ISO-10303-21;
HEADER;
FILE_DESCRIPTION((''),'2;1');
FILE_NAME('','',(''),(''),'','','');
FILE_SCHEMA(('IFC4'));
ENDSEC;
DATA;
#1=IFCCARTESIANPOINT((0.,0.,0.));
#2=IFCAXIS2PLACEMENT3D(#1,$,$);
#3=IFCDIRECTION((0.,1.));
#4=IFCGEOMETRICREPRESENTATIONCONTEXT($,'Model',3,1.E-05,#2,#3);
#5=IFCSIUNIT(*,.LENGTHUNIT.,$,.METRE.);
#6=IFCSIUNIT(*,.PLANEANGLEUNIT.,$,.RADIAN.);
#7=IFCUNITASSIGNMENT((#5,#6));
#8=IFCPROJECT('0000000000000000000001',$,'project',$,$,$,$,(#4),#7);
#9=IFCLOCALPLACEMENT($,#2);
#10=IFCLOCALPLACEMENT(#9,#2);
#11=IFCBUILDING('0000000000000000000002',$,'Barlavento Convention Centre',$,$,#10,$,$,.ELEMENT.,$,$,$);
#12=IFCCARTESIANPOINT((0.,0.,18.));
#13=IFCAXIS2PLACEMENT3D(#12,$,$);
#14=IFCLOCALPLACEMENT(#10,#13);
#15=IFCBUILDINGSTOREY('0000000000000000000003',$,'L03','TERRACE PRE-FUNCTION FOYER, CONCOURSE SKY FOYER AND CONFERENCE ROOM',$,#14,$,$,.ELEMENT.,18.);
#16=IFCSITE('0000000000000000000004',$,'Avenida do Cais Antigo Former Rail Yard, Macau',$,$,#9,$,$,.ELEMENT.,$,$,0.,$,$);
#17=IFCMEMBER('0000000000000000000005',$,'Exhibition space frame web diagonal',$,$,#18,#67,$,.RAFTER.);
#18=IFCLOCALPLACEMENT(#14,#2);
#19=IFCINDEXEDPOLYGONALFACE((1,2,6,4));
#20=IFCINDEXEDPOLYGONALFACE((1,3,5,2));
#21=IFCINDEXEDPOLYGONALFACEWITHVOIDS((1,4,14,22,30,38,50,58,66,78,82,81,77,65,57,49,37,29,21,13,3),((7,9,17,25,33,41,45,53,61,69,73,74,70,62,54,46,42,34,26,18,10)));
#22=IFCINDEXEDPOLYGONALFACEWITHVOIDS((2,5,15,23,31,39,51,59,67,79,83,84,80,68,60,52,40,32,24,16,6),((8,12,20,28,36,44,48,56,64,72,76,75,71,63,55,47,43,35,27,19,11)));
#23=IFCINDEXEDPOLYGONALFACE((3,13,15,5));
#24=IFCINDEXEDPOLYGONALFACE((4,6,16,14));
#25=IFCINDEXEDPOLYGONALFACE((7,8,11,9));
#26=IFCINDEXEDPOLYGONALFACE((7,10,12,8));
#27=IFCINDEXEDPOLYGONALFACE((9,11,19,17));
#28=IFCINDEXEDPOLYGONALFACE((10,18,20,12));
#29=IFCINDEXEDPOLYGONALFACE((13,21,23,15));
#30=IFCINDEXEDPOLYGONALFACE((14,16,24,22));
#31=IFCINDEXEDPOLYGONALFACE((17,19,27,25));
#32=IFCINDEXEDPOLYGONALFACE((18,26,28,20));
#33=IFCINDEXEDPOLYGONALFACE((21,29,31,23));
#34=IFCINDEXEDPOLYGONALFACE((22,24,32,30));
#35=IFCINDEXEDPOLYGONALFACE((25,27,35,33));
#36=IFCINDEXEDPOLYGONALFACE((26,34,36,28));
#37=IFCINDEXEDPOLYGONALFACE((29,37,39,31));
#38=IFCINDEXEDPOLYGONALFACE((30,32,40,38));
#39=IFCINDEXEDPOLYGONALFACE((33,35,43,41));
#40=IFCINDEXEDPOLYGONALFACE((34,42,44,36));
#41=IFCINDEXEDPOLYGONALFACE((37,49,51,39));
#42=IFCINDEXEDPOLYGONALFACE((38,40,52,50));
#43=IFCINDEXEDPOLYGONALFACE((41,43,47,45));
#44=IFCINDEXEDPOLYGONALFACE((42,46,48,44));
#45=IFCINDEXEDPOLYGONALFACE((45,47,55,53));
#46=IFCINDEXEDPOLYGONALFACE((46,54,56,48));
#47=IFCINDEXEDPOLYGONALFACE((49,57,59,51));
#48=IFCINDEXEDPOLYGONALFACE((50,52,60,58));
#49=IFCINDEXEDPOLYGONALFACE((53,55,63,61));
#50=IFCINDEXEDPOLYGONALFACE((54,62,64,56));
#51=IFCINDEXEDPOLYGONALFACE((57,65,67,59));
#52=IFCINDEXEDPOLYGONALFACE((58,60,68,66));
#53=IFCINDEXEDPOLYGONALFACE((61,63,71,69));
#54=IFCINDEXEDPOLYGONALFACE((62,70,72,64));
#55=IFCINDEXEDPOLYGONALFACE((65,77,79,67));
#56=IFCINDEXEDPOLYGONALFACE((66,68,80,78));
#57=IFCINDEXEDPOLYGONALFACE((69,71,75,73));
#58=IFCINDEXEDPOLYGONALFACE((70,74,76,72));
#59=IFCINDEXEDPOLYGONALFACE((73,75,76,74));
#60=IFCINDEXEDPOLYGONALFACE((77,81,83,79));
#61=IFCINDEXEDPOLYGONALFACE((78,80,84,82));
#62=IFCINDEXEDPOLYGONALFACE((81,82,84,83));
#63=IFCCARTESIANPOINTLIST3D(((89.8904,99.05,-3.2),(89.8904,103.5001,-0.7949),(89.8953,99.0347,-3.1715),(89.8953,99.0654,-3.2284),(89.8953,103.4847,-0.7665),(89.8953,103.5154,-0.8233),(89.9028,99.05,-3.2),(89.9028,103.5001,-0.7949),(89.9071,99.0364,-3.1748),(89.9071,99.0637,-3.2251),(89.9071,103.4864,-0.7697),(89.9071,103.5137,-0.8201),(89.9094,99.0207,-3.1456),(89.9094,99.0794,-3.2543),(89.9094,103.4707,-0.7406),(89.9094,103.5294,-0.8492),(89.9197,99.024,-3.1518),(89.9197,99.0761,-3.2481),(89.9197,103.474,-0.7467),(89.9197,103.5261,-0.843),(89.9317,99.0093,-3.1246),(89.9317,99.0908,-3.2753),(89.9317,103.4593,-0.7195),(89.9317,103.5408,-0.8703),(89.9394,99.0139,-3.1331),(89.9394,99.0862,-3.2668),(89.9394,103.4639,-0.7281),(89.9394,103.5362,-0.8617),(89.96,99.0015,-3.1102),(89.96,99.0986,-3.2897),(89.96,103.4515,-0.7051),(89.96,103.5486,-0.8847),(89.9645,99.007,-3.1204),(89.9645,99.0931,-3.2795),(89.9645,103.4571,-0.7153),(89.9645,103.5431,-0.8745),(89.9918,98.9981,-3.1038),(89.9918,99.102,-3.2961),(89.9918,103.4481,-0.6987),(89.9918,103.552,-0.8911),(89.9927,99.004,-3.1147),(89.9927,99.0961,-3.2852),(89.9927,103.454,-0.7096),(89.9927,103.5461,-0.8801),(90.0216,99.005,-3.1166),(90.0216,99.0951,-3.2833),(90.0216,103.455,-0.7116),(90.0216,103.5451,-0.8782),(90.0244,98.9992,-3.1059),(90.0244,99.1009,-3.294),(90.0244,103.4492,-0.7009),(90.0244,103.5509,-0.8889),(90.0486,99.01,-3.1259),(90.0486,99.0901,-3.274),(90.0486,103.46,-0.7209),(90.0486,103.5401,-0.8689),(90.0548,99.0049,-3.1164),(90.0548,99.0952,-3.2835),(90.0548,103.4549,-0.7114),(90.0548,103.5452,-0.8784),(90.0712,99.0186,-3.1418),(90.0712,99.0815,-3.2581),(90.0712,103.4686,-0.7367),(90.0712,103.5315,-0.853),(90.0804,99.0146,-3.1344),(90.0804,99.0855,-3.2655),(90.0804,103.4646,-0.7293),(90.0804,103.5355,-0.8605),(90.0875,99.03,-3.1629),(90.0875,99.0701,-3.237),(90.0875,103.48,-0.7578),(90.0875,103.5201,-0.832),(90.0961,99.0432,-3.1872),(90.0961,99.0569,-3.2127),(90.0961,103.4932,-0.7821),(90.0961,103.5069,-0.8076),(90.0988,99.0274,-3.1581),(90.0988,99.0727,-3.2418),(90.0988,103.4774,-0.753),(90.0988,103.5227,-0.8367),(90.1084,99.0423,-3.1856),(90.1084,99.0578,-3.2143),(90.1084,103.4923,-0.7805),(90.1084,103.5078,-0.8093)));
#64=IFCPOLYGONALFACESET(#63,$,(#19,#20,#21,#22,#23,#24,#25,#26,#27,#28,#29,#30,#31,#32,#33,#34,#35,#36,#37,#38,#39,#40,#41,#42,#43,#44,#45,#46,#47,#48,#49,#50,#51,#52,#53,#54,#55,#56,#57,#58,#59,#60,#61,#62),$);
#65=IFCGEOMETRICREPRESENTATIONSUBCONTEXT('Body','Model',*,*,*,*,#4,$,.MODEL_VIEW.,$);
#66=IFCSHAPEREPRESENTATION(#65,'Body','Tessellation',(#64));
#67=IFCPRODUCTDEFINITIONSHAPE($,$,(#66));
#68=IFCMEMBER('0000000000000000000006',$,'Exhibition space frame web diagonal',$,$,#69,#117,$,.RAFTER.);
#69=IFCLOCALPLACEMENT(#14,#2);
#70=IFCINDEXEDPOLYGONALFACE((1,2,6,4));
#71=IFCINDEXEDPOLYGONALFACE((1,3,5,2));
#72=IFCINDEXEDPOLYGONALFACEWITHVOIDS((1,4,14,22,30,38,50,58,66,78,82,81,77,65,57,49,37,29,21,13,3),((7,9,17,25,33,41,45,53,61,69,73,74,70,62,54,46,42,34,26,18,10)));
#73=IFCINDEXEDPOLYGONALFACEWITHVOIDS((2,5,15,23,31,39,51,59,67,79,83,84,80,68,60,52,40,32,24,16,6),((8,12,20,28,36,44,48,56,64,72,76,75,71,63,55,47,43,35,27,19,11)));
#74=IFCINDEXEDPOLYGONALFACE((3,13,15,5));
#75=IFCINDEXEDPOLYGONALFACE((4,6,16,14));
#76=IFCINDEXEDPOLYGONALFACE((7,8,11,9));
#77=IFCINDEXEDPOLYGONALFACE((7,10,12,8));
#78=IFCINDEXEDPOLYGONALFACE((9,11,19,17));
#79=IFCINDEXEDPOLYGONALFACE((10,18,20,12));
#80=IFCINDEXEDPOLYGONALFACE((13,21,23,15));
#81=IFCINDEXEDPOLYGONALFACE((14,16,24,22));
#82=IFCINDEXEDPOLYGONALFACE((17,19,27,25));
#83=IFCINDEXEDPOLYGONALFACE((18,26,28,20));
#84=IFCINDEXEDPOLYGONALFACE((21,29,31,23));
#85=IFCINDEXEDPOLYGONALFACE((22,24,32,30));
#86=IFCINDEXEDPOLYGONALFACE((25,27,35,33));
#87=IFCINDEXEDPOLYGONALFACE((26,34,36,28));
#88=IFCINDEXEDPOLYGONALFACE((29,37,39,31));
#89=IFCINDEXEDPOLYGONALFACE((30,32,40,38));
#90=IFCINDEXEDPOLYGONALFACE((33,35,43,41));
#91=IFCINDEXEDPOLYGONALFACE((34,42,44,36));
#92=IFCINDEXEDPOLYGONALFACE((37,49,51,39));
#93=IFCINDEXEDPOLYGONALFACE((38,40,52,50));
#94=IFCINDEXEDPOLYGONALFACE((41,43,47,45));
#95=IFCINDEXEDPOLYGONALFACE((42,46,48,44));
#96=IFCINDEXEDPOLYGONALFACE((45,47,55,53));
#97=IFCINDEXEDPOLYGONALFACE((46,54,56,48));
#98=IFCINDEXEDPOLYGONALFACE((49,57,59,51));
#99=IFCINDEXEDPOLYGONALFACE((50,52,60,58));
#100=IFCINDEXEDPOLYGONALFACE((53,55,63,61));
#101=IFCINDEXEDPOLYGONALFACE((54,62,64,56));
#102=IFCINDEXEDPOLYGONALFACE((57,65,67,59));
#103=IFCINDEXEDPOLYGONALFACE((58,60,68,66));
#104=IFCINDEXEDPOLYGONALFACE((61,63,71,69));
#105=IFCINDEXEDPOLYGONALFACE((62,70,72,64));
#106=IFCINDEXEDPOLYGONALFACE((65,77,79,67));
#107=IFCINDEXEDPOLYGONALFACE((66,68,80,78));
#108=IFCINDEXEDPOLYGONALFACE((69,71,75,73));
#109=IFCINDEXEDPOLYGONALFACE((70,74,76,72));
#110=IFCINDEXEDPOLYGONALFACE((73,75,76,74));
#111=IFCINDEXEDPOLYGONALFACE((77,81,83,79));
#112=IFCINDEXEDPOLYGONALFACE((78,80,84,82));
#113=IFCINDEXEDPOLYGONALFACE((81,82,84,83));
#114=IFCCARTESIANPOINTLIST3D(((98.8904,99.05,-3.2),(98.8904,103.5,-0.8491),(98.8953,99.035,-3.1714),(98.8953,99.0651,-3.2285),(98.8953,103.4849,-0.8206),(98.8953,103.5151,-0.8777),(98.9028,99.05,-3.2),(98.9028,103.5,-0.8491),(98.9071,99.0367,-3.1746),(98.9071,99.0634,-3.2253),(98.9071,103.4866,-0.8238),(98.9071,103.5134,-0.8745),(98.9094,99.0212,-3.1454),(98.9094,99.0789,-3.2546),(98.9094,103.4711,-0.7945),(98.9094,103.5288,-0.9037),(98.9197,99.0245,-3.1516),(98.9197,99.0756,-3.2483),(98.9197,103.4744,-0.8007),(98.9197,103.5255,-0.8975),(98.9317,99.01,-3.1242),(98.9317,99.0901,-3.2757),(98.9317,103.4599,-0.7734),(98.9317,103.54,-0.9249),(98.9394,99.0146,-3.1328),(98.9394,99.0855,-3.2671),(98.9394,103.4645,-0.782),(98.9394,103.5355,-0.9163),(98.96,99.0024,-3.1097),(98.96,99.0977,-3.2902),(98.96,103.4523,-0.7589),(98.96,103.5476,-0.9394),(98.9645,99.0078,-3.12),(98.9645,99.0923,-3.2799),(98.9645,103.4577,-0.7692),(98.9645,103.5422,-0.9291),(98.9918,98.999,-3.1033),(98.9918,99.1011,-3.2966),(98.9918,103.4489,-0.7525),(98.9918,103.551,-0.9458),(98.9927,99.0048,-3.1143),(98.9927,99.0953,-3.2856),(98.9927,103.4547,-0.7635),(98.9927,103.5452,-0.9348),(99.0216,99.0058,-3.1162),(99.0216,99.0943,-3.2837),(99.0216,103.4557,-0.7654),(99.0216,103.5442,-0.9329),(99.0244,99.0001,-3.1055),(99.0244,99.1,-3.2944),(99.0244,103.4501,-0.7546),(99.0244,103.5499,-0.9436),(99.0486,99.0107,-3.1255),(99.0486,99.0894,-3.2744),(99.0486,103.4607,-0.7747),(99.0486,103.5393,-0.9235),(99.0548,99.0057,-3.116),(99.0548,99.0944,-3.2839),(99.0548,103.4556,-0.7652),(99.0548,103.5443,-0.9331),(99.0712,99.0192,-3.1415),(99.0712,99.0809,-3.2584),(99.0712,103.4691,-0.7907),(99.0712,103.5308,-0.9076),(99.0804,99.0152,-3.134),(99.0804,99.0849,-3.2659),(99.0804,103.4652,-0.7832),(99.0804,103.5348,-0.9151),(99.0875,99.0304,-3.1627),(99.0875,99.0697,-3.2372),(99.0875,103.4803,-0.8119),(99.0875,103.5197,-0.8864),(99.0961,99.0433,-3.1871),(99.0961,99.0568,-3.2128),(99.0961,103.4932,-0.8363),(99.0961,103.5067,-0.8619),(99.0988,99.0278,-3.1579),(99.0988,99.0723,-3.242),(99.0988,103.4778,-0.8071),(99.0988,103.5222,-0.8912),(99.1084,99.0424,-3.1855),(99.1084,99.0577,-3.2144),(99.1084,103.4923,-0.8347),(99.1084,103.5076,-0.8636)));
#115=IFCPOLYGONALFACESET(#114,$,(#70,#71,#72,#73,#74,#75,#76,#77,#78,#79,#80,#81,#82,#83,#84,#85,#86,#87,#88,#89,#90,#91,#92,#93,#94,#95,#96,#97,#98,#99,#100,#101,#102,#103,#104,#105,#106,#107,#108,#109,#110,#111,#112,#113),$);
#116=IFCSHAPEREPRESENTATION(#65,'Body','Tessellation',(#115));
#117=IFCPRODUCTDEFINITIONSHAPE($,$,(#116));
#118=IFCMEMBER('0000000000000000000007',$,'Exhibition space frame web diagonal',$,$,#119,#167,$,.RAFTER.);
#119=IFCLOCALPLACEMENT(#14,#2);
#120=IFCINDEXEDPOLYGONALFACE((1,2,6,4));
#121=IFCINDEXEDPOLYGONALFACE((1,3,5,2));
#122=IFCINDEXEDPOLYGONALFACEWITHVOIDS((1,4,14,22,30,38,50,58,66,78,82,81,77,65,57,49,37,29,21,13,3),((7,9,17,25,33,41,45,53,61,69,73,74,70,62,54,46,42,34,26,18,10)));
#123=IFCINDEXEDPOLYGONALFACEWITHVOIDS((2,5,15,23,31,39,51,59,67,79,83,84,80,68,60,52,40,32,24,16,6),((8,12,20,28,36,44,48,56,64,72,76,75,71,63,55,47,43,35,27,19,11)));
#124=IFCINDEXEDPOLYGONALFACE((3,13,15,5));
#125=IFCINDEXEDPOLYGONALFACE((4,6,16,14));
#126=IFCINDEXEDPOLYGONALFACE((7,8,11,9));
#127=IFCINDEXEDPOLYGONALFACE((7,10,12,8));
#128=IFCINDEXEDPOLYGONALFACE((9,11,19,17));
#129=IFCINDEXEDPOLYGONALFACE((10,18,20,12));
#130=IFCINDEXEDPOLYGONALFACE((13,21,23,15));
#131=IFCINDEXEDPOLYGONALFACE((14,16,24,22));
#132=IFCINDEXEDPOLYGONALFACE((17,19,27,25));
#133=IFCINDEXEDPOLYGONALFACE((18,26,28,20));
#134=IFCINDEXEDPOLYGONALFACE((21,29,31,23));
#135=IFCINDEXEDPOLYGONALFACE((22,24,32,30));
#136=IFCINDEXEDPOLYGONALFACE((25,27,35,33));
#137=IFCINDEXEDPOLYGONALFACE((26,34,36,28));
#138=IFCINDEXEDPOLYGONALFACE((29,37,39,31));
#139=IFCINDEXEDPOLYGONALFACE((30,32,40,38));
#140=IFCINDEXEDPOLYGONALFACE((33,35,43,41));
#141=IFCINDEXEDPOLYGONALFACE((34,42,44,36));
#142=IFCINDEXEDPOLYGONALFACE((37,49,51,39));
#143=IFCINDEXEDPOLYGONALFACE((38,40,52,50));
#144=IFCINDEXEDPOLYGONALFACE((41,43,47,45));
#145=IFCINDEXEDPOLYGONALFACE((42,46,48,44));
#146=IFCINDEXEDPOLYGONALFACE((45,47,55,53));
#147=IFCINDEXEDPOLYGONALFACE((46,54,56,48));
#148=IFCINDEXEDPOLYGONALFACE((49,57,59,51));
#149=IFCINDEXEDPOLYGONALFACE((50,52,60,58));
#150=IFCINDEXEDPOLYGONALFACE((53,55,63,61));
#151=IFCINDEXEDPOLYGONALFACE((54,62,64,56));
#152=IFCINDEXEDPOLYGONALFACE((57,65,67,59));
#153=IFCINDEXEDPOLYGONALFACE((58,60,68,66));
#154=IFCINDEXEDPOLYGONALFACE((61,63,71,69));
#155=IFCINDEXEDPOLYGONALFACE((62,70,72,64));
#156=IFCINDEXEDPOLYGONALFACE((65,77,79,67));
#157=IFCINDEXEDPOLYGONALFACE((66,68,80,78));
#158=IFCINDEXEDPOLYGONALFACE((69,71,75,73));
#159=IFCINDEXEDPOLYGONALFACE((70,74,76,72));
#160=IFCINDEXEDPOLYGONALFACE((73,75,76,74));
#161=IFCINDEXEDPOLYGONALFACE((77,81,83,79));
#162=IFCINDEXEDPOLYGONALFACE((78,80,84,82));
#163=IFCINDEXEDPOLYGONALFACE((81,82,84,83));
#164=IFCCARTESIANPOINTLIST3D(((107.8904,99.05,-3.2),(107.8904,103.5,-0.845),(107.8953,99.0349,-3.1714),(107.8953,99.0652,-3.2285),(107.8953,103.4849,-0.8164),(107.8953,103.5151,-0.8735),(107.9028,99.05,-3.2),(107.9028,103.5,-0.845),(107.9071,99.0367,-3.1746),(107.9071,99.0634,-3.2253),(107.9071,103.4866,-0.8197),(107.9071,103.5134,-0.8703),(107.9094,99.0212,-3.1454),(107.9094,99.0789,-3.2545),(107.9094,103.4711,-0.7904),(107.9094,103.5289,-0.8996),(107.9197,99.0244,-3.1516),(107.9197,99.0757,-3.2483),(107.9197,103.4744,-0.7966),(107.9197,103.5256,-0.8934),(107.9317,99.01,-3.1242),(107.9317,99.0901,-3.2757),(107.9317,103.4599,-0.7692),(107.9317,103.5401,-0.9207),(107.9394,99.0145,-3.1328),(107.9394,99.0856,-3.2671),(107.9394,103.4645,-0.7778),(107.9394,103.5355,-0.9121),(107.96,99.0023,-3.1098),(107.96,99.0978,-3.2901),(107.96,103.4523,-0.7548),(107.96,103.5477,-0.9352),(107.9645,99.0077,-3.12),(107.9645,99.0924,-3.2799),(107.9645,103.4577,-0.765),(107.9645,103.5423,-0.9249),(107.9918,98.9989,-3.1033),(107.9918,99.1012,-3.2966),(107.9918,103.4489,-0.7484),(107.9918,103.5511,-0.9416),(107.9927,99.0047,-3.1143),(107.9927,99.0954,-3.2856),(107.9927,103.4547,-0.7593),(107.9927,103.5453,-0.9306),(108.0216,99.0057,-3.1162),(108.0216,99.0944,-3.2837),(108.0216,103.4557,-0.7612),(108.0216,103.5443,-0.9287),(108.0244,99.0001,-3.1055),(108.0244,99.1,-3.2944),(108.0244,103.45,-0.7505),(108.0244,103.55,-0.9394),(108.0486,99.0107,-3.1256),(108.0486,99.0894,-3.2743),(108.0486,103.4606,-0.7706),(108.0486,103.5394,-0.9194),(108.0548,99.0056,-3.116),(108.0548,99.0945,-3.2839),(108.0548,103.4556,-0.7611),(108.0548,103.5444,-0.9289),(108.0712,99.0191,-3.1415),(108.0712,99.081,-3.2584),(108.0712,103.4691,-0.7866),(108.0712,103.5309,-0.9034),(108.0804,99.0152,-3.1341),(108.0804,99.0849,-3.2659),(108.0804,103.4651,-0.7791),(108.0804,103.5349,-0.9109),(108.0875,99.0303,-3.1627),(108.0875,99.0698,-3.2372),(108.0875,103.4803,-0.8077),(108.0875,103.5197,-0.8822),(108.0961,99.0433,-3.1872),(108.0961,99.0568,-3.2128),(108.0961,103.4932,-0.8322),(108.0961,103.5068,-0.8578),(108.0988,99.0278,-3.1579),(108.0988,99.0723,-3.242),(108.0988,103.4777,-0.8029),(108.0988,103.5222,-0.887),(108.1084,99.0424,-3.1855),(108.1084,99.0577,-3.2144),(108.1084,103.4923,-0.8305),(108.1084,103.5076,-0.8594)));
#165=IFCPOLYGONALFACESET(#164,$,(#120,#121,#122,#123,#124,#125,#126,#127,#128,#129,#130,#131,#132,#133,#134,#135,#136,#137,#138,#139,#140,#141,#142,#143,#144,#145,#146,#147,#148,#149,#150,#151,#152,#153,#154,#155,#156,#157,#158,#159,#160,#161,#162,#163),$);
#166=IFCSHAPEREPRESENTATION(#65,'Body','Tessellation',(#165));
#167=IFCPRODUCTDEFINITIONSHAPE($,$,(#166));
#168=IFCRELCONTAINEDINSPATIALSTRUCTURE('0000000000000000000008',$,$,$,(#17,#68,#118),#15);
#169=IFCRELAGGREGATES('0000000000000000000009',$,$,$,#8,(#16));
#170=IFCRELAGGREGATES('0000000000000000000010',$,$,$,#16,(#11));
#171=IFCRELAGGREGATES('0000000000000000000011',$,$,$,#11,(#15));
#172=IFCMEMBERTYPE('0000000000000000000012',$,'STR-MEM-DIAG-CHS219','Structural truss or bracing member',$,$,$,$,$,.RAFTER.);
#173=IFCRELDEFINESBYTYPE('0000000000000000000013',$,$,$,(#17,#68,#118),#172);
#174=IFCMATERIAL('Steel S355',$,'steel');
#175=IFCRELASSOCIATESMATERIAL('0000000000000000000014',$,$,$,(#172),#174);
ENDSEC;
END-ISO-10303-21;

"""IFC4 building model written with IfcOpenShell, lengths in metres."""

from ifc_helpers import new_model, si_unit, direction, frame, origin, origin_2d, place, context, subcontext, project, spatial, hollow_circle, extrude, material, material_profile, profile_set, type_object, element, save


model = new_model("IFC4")

# Units and contexts
model_context = context("Model", 3, precision=1e-05, world=origin(), true_north=direction((0.0, 1.0)))
body_context = subcontext(model_context, "Body", "Model", "MODEL_VIEW")
ifc_project = project(units=[si_unit("LENGTHUNIT", "METRE"), si_unit("PLANEANGLEUNIT", "RADIAN")], contexts=[model_context])

# Site, building, storey
site_placement = place(None, origin())
site = spatial("IfcSite", under=ifc_project, at=site_placement, Name="Avenida do Cais Antigo Former Rail Yard, Macau", CompositionType="ELEMENT", RefElevation=0.0)
building_placement = place(site_placement, origin())
building = spatial("IfcBuilding", under=site, at=building_placement, Name="Barlavento Convention Centre", CompositionType="ELEMENT")
storey_placement = place(building_placement, frame((0.0, 0.0, 18.0)))
storey = spatial("IfcBuildingStorey", under=building, at=storey_placement, Name="L03", Description="TERRACE PRE-FUNCTION FOYER, CONCOURSE SKY FOYER AND CONFERENCE ROOM", CompositionType="ELEMENT", Elevation=18.0)

# Shared definitions
ifc_material_1 = material(Name="Steel S355", Category="steel")

# Members
ifc_material_profile_1 = material_profile(ifc_material_1, hollow_circle(Radius=0.1096, WallThickness=0.0125, at=origin_2d()), Name="CHS 219.1x12.5")
ifc_profile_set_1 = profile_set([ifc_material_profile_1], Name="Steel S355")
member_type_1 = type_object("IfcMemberType", Name="STR-MEM-DIAG-CHS219", Description="Structural truss or bracing member", PredefinedType="RAFTER", material=ifc_profile_set_1)
member_1_placement = place(storey_placement, frame((90.0, 99.05, -3.2), z_axis=(0.0, 0.879735, 0.475464), x_axis=(-1.0, 0.0, 0.0)))
element("IfcMember", 1, at=member_1_placement, inside=storey, type_object=member_type_1, Name="Exhibition space frame web diagonal", PredefinedType="RAFTER", context=body_context, shape_type="SweptSolid", body=[
    extrude(hollow_circle(Radius=0.1096, WallThickness=0.0125, at=origin_2d()), origin(), (0.0, 0.0, 1.0), 5.0583),
])
member_2_placement = place(storey_placement, frame((99.0, 99.05, -3.2), z_axis=(0.0, 0.884201, 0.467107), x_axis=(-1.0, 0.0, 0.0)))
element("IfcMember", 2, at=member_2_placement, inside=storey, type_object=member_type_1, Name="Exhibition space frame web diagonal", PredefinedType="RAFTER", context=body_context, shape_type="SweptSolid", body=[
    extrude(hollow_circle(Radius=0.1096, WallThickness=0.0125, at=origin_2d()), origin(), (0.0, 0.0, 1.0), 5.0327),
])
member_3_placement = place(storey_placement, frame((108.0, 99.05, -3.2), z_axis=(0.0, 0.88386, 0.467752), x_axis=(-1.0, 0.0, 0.0)))
element("IfcMember", 3, at=member_3_placement, inside=storey, type_object=member_type_1, Name="Exhibition space frame web diagonal", PredefinedType="RAFTER", context=body_context, shape_type="SweptSolid", body=[
    extrude(hollow_circle(Radius=0.1096, WallThickness=0.0125, at=origin_2d()), origin(), (0.0, 0.0, 1.0), 5.0347),
])

save(model, "model.ifc")
